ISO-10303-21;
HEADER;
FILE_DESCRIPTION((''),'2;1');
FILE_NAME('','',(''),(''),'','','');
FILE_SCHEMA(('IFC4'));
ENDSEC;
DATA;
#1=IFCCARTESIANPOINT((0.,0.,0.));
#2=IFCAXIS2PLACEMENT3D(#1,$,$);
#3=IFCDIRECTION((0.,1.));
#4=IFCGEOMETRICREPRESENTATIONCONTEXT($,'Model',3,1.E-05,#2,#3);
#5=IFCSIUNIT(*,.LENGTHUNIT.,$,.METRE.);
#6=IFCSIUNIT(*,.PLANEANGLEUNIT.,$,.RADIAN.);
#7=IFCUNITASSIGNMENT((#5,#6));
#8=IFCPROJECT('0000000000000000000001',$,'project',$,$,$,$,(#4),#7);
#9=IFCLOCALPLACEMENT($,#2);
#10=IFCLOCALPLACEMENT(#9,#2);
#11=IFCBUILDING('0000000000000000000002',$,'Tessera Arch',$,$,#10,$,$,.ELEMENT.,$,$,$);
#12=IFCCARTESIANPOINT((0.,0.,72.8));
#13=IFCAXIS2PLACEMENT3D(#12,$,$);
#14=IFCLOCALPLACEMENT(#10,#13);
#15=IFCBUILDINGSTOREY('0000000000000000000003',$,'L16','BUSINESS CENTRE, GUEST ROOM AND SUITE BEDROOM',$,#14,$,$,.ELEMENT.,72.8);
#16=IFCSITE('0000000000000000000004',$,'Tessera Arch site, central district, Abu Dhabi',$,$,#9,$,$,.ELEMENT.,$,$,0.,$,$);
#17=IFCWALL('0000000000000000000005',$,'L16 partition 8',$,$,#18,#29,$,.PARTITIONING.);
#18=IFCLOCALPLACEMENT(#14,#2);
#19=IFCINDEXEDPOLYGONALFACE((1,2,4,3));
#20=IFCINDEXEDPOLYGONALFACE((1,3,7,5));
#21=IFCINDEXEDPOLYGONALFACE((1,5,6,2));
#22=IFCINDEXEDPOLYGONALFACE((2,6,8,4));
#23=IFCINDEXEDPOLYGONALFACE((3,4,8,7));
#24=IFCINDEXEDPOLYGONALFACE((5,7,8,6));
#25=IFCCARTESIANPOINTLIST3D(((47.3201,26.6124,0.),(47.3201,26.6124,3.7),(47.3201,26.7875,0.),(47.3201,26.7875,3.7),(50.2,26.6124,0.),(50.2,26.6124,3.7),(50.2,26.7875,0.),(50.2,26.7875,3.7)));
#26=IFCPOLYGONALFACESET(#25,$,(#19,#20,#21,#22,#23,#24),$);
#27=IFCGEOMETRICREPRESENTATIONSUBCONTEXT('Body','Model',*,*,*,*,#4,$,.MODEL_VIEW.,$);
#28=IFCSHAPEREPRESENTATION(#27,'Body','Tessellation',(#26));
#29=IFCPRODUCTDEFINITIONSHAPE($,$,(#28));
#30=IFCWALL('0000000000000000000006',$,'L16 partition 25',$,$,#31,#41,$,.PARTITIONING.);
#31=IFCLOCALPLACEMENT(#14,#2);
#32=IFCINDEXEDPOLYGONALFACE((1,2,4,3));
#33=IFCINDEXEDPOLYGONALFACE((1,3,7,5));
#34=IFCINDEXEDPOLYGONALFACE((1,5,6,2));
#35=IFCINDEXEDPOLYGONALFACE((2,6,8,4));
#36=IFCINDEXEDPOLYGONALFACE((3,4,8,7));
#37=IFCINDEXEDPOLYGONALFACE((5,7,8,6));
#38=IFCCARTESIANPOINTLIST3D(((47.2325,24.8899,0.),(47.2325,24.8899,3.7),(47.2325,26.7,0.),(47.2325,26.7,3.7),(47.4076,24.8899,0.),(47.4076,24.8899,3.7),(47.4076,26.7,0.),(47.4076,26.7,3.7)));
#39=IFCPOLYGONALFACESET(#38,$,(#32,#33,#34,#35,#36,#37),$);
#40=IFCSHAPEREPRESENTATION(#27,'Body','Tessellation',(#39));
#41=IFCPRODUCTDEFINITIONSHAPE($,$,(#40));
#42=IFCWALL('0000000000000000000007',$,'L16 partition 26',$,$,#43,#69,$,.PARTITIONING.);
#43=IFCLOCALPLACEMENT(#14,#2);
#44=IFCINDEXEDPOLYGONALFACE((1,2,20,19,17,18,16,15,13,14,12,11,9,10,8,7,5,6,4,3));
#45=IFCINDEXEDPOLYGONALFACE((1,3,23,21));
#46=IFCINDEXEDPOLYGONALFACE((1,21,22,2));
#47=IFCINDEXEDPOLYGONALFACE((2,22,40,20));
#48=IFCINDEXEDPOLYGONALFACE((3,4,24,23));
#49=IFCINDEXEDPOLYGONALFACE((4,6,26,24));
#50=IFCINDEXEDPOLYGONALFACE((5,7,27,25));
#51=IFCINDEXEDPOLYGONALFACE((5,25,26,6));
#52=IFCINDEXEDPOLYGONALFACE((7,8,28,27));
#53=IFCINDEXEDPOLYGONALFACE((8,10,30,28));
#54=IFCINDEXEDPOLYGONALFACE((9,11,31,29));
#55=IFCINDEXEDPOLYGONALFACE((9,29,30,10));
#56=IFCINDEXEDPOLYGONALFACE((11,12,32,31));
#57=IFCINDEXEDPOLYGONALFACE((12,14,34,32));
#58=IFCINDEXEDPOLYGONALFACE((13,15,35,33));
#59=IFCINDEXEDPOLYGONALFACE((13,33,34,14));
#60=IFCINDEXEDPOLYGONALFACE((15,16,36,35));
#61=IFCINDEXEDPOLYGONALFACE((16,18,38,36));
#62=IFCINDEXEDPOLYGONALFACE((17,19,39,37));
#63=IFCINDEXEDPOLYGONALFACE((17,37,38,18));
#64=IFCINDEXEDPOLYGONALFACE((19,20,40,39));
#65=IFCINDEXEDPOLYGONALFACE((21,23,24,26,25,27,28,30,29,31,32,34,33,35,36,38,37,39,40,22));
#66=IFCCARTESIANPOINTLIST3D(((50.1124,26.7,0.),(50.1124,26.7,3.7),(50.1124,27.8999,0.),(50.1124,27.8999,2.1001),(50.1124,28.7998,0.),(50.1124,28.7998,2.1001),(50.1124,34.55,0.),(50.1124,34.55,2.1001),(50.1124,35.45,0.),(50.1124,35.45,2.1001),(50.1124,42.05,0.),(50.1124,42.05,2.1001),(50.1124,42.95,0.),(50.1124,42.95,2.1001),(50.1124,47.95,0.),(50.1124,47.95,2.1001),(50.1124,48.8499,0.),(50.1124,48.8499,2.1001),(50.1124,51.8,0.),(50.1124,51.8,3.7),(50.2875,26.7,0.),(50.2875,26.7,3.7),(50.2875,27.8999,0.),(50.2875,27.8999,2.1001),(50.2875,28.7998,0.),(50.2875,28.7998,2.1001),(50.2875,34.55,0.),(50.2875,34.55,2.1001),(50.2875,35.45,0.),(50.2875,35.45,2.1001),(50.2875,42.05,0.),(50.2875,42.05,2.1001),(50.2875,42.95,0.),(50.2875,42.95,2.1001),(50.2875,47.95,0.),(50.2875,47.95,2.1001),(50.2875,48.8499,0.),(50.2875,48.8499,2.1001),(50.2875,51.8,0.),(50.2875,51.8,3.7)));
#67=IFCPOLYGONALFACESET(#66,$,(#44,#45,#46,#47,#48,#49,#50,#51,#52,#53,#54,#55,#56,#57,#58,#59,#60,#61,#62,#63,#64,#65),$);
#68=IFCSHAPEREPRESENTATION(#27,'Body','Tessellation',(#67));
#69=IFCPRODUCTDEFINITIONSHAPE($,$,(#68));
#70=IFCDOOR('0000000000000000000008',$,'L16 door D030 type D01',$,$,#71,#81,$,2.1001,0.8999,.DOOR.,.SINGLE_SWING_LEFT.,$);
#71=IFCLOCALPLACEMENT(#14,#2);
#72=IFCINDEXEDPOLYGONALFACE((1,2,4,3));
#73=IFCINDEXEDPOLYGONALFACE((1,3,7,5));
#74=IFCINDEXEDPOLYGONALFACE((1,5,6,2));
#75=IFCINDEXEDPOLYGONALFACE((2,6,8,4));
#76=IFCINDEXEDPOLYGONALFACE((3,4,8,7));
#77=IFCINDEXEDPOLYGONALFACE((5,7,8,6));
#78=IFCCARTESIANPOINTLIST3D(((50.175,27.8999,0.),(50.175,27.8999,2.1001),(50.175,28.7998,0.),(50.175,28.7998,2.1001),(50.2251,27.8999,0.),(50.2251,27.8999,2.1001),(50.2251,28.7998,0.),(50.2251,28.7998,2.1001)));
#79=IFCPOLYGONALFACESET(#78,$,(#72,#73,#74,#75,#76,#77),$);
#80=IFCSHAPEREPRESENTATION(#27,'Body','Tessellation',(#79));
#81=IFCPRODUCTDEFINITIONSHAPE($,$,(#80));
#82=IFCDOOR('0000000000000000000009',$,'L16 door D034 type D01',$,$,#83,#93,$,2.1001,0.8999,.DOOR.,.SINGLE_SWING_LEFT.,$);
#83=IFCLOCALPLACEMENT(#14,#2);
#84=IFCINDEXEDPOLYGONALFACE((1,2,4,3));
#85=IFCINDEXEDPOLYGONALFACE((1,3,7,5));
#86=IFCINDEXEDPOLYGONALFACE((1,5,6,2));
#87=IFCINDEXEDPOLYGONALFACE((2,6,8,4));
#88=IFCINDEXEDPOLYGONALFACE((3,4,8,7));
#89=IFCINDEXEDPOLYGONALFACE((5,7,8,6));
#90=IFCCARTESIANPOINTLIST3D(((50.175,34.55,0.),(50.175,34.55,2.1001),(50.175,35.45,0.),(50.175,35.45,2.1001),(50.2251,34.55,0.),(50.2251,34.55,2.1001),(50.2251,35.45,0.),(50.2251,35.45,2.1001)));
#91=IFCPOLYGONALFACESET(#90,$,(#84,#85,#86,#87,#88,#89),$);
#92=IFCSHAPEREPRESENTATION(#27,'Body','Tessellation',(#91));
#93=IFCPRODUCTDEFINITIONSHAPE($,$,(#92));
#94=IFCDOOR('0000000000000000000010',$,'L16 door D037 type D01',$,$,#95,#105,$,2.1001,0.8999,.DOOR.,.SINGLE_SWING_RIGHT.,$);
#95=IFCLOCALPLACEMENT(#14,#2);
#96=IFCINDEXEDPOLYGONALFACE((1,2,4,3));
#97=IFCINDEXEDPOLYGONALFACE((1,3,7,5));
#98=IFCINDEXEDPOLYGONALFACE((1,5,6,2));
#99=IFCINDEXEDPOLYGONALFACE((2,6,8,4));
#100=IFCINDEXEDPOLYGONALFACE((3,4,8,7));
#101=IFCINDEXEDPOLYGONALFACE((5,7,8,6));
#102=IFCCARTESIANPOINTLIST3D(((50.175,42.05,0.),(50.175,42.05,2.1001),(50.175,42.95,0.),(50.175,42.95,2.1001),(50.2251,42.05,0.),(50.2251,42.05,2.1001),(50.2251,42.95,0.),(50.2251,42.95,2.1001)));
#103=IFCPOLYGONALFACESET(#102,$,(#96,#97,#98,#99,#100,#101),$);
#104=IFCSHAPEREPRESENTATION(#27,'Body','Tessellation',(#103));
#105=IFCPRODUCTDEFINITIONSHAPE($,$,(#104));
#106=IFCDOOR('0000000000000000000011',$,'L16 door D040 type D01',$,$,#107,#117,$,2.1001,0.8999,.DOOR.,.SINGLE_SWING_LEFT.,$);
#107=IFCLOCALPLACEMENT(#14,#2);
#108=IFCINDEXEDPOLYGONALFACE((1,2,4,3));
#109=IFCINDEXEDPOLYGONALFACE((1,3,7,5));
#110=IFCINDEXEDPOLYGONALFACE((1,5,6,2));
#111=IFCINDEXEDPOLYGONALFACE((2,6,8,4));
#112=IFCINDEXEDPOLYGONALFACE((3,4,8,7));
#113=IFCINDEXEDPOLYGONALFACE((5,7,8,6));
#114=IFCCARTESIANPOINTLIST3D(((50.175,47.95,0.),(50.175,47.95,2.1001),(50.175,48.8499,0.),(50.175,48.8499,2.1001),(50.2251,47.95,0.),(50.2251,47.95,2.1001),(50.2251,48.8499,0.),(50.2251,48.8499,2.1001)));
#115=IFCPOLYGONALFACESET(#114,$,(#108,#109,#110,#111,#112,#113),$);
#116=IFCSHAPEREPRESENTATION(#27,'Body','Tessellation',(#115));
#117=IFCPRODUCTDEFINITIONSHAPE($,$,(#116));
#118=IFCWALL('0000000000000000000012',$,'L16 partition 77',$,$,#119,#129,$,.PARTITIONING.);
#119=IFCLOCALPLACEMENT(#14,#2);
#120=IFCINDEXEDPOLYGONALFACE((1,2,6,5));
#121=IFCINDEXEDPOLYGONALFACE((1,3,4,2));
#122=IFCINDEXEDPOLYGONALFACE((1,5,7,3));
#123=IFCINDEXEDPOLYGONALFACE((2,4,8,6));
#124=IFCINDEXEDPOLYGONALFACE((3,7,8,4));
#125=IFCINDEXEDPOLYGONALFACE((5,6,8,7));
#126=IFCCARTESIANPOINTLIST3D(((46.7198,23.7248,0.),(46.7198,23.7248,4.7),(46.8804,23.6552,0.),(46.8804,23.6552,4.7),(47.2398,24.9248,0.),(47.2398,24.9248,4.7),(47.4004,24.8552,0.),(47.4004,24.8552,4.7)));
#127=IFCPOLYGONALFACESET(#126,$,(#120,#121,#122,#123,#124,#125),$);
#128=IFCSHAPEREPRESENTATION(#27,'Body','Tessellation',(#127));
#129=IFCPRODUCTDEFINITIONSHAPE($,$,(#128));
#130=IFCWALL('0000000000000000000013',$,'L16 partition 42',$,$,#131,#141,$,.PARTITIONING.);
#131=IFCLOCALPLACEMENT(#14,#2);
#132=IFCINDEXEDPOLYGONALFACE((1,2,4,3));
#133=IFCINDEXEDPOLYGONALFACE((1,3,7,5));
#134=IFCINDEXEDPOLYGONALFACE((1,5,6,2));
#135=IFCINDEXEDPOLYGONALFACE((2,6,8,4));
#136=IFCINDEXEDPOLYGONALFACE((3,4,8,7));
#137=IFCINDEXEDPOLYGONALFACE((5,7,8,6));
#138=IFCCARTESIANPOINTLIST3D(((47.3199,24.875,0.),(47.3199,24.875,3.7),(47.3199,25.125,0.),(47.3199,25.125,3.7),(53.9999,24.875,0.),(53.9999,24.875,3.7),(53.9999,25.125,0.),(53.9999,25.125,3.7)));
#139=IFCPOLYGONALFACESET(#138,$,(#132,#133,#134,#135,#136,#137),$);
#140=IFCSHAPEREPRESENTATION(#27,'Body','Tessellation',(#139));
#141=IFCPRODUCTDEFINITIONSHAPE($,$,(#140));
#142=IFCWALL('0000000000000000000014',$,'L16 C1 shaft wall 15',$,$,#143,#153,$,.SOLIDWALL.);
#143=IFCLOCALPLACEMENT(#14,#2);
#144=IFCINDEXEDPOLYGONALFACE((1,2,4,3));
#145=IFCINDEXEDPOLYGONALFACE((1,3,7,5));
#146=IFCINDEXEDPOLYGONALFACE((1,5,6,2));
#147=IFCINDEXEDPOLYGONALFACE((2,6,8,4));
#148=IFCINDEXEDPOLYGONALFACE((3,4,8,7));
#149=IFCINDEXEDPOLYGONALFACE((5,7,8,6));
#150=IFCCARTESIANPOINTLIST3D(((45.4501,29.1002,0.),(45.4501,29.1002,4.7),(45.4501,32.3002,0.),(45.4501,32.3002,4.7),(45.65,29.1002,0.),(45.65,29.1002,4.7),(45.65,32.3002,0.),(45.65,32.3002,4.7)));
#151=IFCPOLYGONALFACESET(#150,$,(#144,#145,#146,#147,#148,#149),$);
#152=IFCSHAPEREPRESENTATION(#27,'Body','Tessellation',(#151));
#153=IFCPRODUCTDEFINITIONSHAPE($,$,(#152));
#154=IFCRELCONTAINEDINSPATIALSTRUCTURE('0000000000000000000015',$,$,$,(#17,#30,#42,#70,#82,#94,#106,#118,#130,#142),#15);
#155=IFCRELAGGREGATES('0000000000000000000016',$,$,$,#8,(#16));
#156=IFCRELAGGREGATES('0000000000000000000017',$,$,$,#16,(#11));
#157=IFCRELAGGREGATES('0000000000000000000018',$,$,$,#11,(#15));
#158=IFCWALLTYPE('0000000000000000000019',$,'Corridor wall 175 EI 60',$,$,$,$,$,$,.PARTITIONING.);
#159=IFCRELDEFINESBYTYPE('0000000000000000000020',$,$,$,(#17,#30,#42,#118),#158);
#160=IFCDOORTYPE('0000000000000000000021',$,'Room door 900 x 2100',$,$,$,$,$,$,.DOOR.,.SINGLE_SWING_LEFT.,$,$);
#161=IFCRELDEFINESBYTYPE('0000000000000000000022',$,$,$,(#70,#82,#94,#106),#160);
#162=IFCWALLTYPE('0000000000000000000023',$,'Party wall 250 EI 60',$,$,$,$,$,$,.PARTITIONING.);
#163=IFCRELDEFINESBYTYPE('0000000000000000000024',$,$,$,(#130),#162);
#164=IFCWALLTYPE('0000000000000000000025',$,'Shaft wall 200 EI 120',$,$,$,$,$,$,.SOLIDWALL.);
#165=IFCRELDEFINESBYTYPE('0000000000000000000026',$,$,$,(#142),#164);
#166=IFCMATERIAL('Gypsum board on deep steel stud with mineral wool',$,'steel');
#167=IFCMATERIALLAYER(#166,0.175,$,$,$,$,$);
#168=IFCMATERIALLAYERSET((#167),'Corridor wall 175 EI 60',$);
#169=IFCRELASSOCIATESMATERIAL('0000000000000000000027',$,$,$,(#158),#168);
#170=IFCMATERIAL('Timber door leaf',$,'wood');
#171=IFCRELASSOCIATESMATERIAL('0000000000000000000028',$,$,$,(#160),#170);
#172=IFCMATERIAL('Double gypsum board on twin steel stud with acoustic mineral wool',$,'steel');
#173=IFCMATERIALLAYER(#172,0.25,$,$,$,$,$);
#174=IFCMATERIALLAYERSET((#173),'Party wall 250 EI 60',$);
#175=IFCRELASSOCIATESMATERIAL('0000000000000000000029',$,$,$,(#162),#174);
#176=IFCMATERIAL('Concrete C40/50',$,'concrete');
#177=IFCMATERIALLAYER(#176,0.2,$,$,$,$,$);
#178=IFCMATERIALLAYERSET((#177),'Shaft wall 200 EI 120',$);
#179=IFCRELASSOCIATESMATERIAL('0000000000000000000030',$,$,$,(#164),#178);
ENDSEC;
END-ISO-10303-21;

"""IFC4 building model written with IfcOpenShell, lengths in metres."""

from ifc_helpers import new_model, si_unit, direction, frame, frame_2d, origin, place, context, subcontext, project, spatial, rectangle, extrude, material, layer, layer_set, type_object, element, fill, save


model = new_model("IFC4")

# Units and contexts
model_context = context("Model", 3, precision=1e-05, world=origin(), true_north=direction((0.0, 1.0)))
body_context = subcontext(model_context, "Body", "Model", "MODEL_VIEW")
ifc_project = project(units=[si_unit("LENGTHUNIT", "METRE"), si_unit("PLANEANGLEUNIT", "RADIAN")], contexts=[model_context])

# Site, building, storey
site_placement = place(None, origin())
site = spatial("IfcSite", under=ifc_project, at=site_placement, Name="Tessera Arch site, central district, Abu Dhabi", CompositionType="ELEMENT", RefElevation=0.0)
building_placement = place(site_placement, origin())
building = spatial("IfcBuilding", under=site, at=building_placement, Name="Tessera Arch", CompositionType="ELEMENT")
storey_placement = place(building_placement, frame((0.0, 0.0, 72.8)))
storey = spatial("IfcBuildingStorey", under=building, at=storey_placement, Name="L16", Description="BUSINESS CENTRE, GUEST ROOM AND SUITE BEDROOM", CompositionType="ELEMENT", Elevation=72.8)

# Walls
ifc_material_1 = material(Name="Gypsum board on deep steel stud with mineral wool", Category="steel")
ifc_layer_1 = layer(ifc_material_1, 0.175)
ifc_layer_set_1 = layer_set([ifc_layer_1], Name="Corridor wall 175 EI 60")
wall_type_1 = type_object("IfcWallType", Name="Corridor wall 175 EI 60", PredefinedType="PARTITIONING", material=ifc_layer_set_1)
wall_1_placement = place(storey_placement, frame((47.3201, 26.7, 0.0), z_axis=(0.0, 0.0, 1.0), x_axis=(1.0, 0.0, 0.0)))
element("IfcWall", 1, at=wall_1_placement, inside=storey, type_object=wall_type_1, Name="L16 partition 8", PredefinedType="PARTITIONING", context=body_context, shape_type="SweptSolid", body=[
    extrude(rectangle(XDim=2.8799, YDim=0.175, at=frame_2d((1.4399, 0.0))), origin(), (0.0, 0.0, 1.0), 3.7),
])
wall_2_placement = place(storey_placement, frame((47.3201, 24.8899, 0.0), z_axis=(0.0, 0.0, 1.0), x_axis=(0.0, 1.0, 0.0)))
element("IfcWall", 2, at=wall_2_placement, inside=storey, type_object=wall_type_1, Name="L16 partition 25", PredefinedType="PARTITIONING", context=body_context, shape_type="SweptSolid", body=[
    extrude(rectangle(XDim=1.8101, YDim=0.175, at=frame_2d((0.905, 0.0))), origin(), (0.0, 0.0, 1.0), 3.7),
])

# Wall, openings, doors
wall_3_placement = place(storey_placement, frame((50.2, 26.7, 0.0), z_axis=(0.0, 0.0, 1.0), x_axis=(0.0, 1.0, 0.0)))
wall_3 = element("IfcWall", 3, at=wall_3_placement, inside=storey, type_object=wall_type_1, Name="L16 partition 26", PredefinedType="PARTITIONING", context=body_context, shape_type="SweptSolid", body=[
    extrude(rectangle(XDim=25.1001, YDim=0.175, at=frame_2d((12.55, 0.0))), origin(), (0.0, 0.0, 1.0), 3.7),
])
opening_1_placement = place(wall_3_placement, frame((1.2, 0.0, 0.0)))
opening_1 = element("IfcOpeningElement", 4, at=opening_1_placement, cuts=wall_3, PredefinedType="OPENING", context=body_context, shape_type="SweptSolid", body=[
    extrude(rectangle(XDim=0.8999, YDim=2.1001, at=frame_2d((0.45, 1.05))), frame((0.0, 0.0974, 0.0), z_axis=(0.0, -1.0, 0.0), x_axis=(1.0, 0.0, 0.0)), (0.0, 0.0, 1.0), 0.1951),
])
opening_2_placement = place(wall_3_placement, frame((7.8501, 0.0, 0.0)))
opening_2 = element("IfcOpeningElement", 5, at=opening_2_placement, cuts=wall_3, PredefinedType="OPENING", context=body_context, shape_type="SweptSolid", body=[
    extrude(rectangle(XDim=0.8999, YDim=2.1001, at=frame_2d((0.45, 1.05))), frame((0.0, 0.0974, 0.0), z_axis=(0.0, -1.0, 0.0), x_axis=(1.0, 0.0, 0.0)), (0.0, 0.0, 1.0), 0.1951),
])
opening_3_placement = place(wall_3_placement, frame((15.3501, 0.0, 0.0)))
opening_3 = element("IfcOpeningElement", 6, at=opening_3_placement, cuts=wall_3, PredefinedType="OPENING", context=body_context, shape_type="SweptSolid", body=[
    extrude(rectangle(XDim=0.8999, YDim=2.1001, at=frame_2d((0.45, 1.05))), frame((0.0, 0.0974, 0.0), z_axis=(0.0, -1.0, 0.0), x_axis=(1.0, 0.0, 0.0)), (0.0, 0.0, 1.0), 0.1951),
])
opening_4_placement = place(wall_3_placement, frame((21.25, 0.0, 0.0)))
opening_4 = element("IfcOpeningElement", 7, at=opening_4_placement, cuts=wall_3, PredefinedType="OPENING", context=body_context, shape_type="SweptSolid", body=[
    extrude(rectangle(XDim=0.8999, YDim=2.1001, at=frame_2d((0.45, 1.05))), frame((0.0, 0.0974, 0.0), z_axis=(0.0, -1.0, 0.0), x_axis=(1.0, 0.0, 0.0)), (0.0, 0.0, 1.0), 0.1951),
])
ifc_material_2 = material(Name="Timber door leaf", Category="wood")
door_type_1 = type_object("IfcDoorType", Name="Room door 900 x 2100", OperationType="SINGLE_SWING_LEFT", PredefinedType="DOOR", material=ifc_material_2)
door_1_placement = place(opening_1_placement, origin())
door_1 = element("IfcDoor", 8, at=door_1_placement, inside=storey, type_object=door_type_1, Name="L16 door D030 type D01", OperationType="SINGLE_SWING_LEFT", OverallHeight=2.1001, OverallWidth=0.8999, PredefinedType="DOOR", context=body_context, shape_type="SweptSolid", body=[
    extrude(rectangle(XDim=0.8999, YDim=2.1001, at=frame_2d((0.45, 1.05))), frame((0.0, 0.0249, 0.0), z_axis=(0.0, -1.0, 0.0), x_axis=(1.0, 0.0, 0.0)), (0.0, 0.0, 1.0), 0.05),
])
fill(opening_1, door_1)
door_2_placement = place(opening_2_placement, origin())
door_2 = element("IfcDoor", 9, at=door_2_placement, inside=storey, type_object=door_type_1, Name="L16 door D034 type D01", OperationType="SINGLE_SWING_LEFT", OverallHeight=2.1001, OverallWidth=0.8999, PredefinedType="DOOR", context=body_context, shape_type="SweptSolid", body=[
    extrude(rectangle(XDim=0.8999, YDim=2.1001, at=frame_2d((0.45, 1.05))), frame((0.0, 0.0249, 0.0), z_axis=(0.0, -1.0, 0.0), x_axis=(1.0, 0.0, 0.0)), (0.0, 0.0, 1.0), 0.05),
])
fill(opening_2, door_2)
door_3_placement = place(opening_3_placement, origin())
door_3 = element("IfcDoor", 10, at=door_3_placement, inside=storey, type_object=door_type_1, Name="L16 door D037 type D01", OperationType="SINGLE_SWING_RIGHT", OverallHeight=2.1001, OverallWidth=0.8999, PredefinedType="DOOR", context=body_context, shape_type="SweptSolid", body=[
    extrude(rectangle(XDim=0.8999, YDim=2.1001, at=frame_2d((0.45, 1.05))), frame((0.0, 0.0249, 0.0), z_axis=(0.0, -1.0, 0.0), x_axis=(1.0, 0.0, 0.0)), (0.0, 0.0, 1.0), 0.05),
])
fill(opening_3, door_3)
door_4_placement = place(opening_4_placement, origin())
door_4 = element("IfcDoor", 11, at=door_4_placement, inside=storey, type_object=door_type_1, Name="L16 door D040 type D01", OperationType="SINGLE_SWING_LEFT", OverallHeight=2.1001, OverallWidth=0.8999, PredefinedType="DOOR", context=body_context, shape_type="SweptSolid", body=[
    extrude(rectangle(XDim=0.8999, YDim=2.1001, at=frame_2d((0.45, 1.05))), frame((0.0, 0.0249, 0.0), z_axis=(0.0, -1.0, 0.0), x_axis=(1.0, 0.0, 0.0)), (0.0, 0.0, 1.0), 0.05),
])
fill(opening_4, door_4)

# Walls
wall_4_placement = place(storey_placement, frame((47.3201, 24.8899, 0.0), z_axis=(0.0, 0.0, 1.0), x_axis=(-0.397634, -0.917544, 0.0)))
element("IfcWall", 12, at=wall_4_placement, inside=storey, type_object=wall_type_1, Name="L16 partition 77", PredefinedType="PARTITIONING", context=body_context, shape_type="SweptSolid", body=[
    extrude(rectangle(XDim=1.3079, YDim=0.175, at=frame_2d((0.6538, 0.0))), origin(), (0.0, 0.0, 1.0), 4.7),
])
ifc_material_3 = material(Name="Double gypsum board on twin steel stud with acoustic mineral wool", Category="steel")
ifc_layer_2 = layer(ifc_material_3, 0.25)
ifc_layer_set_2 = layer_set([ifc_layer_2], Name="Party wall 250 EI 60")
wall_type_2 = type_object("IfcWallType", Name="Party wall 250 EI 60", PredefinedType="PARTITIONING", material=ifc_layer_set_2)
wall_5_placement = place(storey_placement, frame((47.3201, 25.0, 0.0), z_axis=(0.0, 0.0, 1.0), x_axis=(1.0, 0.0, 0.0)))
element("IfcWall", 13, at=wall_5_placement, inside=storey, type_object=wall_type_2, Name="L16 partition 42", PredefinedType="PARTITIONING", context=body_context, shape_type="SweptSolid", body=[
    extrude(rectangle(XDim=6.6799, YDim=0.25, at=frame_2d((3.3398, 0.0))), origin(), (0.0, 0.0, 1.0), 3.7),
])
ifc_material_4 = material(Name="Concrete C40/50", Category="concrete")
ifc_layer_3 = layer(ifc_material_4, 0.2)
ifc_layer_set_3 = layer_set([ifc_layer_3], Name="Shaft wall 200 EI 120")
wall_type_3 = type_object("IfcWallType", Name="Shaft wall 200 EI 120", PredefinedType="SOLIDWALL", material=ifc_layer_set_3)
wall_6_placement = place(storey_placement, frame((45.55, 29.1001, 0.0), z_axis=(0.0, 0.0, 1.0), x_axis=(0.0, 1.0, 0.0)))
element("IfcWall", 14, at=wall_6_placement, inside=storey, type_object=wall_type_3, Name="L16 C1 shaft wall 15", PredefinedType="SOLIDWALL", context=body_context, shape_type="SweptSolid", body=[
    extrude(rectangle(XDim=3.2, YDim=0.2, at=frame_2d((1.6001, 0.0))), origin(), (0.0, 0.0, 1.0), 4.7),
])

save(model, "model.ifc")
